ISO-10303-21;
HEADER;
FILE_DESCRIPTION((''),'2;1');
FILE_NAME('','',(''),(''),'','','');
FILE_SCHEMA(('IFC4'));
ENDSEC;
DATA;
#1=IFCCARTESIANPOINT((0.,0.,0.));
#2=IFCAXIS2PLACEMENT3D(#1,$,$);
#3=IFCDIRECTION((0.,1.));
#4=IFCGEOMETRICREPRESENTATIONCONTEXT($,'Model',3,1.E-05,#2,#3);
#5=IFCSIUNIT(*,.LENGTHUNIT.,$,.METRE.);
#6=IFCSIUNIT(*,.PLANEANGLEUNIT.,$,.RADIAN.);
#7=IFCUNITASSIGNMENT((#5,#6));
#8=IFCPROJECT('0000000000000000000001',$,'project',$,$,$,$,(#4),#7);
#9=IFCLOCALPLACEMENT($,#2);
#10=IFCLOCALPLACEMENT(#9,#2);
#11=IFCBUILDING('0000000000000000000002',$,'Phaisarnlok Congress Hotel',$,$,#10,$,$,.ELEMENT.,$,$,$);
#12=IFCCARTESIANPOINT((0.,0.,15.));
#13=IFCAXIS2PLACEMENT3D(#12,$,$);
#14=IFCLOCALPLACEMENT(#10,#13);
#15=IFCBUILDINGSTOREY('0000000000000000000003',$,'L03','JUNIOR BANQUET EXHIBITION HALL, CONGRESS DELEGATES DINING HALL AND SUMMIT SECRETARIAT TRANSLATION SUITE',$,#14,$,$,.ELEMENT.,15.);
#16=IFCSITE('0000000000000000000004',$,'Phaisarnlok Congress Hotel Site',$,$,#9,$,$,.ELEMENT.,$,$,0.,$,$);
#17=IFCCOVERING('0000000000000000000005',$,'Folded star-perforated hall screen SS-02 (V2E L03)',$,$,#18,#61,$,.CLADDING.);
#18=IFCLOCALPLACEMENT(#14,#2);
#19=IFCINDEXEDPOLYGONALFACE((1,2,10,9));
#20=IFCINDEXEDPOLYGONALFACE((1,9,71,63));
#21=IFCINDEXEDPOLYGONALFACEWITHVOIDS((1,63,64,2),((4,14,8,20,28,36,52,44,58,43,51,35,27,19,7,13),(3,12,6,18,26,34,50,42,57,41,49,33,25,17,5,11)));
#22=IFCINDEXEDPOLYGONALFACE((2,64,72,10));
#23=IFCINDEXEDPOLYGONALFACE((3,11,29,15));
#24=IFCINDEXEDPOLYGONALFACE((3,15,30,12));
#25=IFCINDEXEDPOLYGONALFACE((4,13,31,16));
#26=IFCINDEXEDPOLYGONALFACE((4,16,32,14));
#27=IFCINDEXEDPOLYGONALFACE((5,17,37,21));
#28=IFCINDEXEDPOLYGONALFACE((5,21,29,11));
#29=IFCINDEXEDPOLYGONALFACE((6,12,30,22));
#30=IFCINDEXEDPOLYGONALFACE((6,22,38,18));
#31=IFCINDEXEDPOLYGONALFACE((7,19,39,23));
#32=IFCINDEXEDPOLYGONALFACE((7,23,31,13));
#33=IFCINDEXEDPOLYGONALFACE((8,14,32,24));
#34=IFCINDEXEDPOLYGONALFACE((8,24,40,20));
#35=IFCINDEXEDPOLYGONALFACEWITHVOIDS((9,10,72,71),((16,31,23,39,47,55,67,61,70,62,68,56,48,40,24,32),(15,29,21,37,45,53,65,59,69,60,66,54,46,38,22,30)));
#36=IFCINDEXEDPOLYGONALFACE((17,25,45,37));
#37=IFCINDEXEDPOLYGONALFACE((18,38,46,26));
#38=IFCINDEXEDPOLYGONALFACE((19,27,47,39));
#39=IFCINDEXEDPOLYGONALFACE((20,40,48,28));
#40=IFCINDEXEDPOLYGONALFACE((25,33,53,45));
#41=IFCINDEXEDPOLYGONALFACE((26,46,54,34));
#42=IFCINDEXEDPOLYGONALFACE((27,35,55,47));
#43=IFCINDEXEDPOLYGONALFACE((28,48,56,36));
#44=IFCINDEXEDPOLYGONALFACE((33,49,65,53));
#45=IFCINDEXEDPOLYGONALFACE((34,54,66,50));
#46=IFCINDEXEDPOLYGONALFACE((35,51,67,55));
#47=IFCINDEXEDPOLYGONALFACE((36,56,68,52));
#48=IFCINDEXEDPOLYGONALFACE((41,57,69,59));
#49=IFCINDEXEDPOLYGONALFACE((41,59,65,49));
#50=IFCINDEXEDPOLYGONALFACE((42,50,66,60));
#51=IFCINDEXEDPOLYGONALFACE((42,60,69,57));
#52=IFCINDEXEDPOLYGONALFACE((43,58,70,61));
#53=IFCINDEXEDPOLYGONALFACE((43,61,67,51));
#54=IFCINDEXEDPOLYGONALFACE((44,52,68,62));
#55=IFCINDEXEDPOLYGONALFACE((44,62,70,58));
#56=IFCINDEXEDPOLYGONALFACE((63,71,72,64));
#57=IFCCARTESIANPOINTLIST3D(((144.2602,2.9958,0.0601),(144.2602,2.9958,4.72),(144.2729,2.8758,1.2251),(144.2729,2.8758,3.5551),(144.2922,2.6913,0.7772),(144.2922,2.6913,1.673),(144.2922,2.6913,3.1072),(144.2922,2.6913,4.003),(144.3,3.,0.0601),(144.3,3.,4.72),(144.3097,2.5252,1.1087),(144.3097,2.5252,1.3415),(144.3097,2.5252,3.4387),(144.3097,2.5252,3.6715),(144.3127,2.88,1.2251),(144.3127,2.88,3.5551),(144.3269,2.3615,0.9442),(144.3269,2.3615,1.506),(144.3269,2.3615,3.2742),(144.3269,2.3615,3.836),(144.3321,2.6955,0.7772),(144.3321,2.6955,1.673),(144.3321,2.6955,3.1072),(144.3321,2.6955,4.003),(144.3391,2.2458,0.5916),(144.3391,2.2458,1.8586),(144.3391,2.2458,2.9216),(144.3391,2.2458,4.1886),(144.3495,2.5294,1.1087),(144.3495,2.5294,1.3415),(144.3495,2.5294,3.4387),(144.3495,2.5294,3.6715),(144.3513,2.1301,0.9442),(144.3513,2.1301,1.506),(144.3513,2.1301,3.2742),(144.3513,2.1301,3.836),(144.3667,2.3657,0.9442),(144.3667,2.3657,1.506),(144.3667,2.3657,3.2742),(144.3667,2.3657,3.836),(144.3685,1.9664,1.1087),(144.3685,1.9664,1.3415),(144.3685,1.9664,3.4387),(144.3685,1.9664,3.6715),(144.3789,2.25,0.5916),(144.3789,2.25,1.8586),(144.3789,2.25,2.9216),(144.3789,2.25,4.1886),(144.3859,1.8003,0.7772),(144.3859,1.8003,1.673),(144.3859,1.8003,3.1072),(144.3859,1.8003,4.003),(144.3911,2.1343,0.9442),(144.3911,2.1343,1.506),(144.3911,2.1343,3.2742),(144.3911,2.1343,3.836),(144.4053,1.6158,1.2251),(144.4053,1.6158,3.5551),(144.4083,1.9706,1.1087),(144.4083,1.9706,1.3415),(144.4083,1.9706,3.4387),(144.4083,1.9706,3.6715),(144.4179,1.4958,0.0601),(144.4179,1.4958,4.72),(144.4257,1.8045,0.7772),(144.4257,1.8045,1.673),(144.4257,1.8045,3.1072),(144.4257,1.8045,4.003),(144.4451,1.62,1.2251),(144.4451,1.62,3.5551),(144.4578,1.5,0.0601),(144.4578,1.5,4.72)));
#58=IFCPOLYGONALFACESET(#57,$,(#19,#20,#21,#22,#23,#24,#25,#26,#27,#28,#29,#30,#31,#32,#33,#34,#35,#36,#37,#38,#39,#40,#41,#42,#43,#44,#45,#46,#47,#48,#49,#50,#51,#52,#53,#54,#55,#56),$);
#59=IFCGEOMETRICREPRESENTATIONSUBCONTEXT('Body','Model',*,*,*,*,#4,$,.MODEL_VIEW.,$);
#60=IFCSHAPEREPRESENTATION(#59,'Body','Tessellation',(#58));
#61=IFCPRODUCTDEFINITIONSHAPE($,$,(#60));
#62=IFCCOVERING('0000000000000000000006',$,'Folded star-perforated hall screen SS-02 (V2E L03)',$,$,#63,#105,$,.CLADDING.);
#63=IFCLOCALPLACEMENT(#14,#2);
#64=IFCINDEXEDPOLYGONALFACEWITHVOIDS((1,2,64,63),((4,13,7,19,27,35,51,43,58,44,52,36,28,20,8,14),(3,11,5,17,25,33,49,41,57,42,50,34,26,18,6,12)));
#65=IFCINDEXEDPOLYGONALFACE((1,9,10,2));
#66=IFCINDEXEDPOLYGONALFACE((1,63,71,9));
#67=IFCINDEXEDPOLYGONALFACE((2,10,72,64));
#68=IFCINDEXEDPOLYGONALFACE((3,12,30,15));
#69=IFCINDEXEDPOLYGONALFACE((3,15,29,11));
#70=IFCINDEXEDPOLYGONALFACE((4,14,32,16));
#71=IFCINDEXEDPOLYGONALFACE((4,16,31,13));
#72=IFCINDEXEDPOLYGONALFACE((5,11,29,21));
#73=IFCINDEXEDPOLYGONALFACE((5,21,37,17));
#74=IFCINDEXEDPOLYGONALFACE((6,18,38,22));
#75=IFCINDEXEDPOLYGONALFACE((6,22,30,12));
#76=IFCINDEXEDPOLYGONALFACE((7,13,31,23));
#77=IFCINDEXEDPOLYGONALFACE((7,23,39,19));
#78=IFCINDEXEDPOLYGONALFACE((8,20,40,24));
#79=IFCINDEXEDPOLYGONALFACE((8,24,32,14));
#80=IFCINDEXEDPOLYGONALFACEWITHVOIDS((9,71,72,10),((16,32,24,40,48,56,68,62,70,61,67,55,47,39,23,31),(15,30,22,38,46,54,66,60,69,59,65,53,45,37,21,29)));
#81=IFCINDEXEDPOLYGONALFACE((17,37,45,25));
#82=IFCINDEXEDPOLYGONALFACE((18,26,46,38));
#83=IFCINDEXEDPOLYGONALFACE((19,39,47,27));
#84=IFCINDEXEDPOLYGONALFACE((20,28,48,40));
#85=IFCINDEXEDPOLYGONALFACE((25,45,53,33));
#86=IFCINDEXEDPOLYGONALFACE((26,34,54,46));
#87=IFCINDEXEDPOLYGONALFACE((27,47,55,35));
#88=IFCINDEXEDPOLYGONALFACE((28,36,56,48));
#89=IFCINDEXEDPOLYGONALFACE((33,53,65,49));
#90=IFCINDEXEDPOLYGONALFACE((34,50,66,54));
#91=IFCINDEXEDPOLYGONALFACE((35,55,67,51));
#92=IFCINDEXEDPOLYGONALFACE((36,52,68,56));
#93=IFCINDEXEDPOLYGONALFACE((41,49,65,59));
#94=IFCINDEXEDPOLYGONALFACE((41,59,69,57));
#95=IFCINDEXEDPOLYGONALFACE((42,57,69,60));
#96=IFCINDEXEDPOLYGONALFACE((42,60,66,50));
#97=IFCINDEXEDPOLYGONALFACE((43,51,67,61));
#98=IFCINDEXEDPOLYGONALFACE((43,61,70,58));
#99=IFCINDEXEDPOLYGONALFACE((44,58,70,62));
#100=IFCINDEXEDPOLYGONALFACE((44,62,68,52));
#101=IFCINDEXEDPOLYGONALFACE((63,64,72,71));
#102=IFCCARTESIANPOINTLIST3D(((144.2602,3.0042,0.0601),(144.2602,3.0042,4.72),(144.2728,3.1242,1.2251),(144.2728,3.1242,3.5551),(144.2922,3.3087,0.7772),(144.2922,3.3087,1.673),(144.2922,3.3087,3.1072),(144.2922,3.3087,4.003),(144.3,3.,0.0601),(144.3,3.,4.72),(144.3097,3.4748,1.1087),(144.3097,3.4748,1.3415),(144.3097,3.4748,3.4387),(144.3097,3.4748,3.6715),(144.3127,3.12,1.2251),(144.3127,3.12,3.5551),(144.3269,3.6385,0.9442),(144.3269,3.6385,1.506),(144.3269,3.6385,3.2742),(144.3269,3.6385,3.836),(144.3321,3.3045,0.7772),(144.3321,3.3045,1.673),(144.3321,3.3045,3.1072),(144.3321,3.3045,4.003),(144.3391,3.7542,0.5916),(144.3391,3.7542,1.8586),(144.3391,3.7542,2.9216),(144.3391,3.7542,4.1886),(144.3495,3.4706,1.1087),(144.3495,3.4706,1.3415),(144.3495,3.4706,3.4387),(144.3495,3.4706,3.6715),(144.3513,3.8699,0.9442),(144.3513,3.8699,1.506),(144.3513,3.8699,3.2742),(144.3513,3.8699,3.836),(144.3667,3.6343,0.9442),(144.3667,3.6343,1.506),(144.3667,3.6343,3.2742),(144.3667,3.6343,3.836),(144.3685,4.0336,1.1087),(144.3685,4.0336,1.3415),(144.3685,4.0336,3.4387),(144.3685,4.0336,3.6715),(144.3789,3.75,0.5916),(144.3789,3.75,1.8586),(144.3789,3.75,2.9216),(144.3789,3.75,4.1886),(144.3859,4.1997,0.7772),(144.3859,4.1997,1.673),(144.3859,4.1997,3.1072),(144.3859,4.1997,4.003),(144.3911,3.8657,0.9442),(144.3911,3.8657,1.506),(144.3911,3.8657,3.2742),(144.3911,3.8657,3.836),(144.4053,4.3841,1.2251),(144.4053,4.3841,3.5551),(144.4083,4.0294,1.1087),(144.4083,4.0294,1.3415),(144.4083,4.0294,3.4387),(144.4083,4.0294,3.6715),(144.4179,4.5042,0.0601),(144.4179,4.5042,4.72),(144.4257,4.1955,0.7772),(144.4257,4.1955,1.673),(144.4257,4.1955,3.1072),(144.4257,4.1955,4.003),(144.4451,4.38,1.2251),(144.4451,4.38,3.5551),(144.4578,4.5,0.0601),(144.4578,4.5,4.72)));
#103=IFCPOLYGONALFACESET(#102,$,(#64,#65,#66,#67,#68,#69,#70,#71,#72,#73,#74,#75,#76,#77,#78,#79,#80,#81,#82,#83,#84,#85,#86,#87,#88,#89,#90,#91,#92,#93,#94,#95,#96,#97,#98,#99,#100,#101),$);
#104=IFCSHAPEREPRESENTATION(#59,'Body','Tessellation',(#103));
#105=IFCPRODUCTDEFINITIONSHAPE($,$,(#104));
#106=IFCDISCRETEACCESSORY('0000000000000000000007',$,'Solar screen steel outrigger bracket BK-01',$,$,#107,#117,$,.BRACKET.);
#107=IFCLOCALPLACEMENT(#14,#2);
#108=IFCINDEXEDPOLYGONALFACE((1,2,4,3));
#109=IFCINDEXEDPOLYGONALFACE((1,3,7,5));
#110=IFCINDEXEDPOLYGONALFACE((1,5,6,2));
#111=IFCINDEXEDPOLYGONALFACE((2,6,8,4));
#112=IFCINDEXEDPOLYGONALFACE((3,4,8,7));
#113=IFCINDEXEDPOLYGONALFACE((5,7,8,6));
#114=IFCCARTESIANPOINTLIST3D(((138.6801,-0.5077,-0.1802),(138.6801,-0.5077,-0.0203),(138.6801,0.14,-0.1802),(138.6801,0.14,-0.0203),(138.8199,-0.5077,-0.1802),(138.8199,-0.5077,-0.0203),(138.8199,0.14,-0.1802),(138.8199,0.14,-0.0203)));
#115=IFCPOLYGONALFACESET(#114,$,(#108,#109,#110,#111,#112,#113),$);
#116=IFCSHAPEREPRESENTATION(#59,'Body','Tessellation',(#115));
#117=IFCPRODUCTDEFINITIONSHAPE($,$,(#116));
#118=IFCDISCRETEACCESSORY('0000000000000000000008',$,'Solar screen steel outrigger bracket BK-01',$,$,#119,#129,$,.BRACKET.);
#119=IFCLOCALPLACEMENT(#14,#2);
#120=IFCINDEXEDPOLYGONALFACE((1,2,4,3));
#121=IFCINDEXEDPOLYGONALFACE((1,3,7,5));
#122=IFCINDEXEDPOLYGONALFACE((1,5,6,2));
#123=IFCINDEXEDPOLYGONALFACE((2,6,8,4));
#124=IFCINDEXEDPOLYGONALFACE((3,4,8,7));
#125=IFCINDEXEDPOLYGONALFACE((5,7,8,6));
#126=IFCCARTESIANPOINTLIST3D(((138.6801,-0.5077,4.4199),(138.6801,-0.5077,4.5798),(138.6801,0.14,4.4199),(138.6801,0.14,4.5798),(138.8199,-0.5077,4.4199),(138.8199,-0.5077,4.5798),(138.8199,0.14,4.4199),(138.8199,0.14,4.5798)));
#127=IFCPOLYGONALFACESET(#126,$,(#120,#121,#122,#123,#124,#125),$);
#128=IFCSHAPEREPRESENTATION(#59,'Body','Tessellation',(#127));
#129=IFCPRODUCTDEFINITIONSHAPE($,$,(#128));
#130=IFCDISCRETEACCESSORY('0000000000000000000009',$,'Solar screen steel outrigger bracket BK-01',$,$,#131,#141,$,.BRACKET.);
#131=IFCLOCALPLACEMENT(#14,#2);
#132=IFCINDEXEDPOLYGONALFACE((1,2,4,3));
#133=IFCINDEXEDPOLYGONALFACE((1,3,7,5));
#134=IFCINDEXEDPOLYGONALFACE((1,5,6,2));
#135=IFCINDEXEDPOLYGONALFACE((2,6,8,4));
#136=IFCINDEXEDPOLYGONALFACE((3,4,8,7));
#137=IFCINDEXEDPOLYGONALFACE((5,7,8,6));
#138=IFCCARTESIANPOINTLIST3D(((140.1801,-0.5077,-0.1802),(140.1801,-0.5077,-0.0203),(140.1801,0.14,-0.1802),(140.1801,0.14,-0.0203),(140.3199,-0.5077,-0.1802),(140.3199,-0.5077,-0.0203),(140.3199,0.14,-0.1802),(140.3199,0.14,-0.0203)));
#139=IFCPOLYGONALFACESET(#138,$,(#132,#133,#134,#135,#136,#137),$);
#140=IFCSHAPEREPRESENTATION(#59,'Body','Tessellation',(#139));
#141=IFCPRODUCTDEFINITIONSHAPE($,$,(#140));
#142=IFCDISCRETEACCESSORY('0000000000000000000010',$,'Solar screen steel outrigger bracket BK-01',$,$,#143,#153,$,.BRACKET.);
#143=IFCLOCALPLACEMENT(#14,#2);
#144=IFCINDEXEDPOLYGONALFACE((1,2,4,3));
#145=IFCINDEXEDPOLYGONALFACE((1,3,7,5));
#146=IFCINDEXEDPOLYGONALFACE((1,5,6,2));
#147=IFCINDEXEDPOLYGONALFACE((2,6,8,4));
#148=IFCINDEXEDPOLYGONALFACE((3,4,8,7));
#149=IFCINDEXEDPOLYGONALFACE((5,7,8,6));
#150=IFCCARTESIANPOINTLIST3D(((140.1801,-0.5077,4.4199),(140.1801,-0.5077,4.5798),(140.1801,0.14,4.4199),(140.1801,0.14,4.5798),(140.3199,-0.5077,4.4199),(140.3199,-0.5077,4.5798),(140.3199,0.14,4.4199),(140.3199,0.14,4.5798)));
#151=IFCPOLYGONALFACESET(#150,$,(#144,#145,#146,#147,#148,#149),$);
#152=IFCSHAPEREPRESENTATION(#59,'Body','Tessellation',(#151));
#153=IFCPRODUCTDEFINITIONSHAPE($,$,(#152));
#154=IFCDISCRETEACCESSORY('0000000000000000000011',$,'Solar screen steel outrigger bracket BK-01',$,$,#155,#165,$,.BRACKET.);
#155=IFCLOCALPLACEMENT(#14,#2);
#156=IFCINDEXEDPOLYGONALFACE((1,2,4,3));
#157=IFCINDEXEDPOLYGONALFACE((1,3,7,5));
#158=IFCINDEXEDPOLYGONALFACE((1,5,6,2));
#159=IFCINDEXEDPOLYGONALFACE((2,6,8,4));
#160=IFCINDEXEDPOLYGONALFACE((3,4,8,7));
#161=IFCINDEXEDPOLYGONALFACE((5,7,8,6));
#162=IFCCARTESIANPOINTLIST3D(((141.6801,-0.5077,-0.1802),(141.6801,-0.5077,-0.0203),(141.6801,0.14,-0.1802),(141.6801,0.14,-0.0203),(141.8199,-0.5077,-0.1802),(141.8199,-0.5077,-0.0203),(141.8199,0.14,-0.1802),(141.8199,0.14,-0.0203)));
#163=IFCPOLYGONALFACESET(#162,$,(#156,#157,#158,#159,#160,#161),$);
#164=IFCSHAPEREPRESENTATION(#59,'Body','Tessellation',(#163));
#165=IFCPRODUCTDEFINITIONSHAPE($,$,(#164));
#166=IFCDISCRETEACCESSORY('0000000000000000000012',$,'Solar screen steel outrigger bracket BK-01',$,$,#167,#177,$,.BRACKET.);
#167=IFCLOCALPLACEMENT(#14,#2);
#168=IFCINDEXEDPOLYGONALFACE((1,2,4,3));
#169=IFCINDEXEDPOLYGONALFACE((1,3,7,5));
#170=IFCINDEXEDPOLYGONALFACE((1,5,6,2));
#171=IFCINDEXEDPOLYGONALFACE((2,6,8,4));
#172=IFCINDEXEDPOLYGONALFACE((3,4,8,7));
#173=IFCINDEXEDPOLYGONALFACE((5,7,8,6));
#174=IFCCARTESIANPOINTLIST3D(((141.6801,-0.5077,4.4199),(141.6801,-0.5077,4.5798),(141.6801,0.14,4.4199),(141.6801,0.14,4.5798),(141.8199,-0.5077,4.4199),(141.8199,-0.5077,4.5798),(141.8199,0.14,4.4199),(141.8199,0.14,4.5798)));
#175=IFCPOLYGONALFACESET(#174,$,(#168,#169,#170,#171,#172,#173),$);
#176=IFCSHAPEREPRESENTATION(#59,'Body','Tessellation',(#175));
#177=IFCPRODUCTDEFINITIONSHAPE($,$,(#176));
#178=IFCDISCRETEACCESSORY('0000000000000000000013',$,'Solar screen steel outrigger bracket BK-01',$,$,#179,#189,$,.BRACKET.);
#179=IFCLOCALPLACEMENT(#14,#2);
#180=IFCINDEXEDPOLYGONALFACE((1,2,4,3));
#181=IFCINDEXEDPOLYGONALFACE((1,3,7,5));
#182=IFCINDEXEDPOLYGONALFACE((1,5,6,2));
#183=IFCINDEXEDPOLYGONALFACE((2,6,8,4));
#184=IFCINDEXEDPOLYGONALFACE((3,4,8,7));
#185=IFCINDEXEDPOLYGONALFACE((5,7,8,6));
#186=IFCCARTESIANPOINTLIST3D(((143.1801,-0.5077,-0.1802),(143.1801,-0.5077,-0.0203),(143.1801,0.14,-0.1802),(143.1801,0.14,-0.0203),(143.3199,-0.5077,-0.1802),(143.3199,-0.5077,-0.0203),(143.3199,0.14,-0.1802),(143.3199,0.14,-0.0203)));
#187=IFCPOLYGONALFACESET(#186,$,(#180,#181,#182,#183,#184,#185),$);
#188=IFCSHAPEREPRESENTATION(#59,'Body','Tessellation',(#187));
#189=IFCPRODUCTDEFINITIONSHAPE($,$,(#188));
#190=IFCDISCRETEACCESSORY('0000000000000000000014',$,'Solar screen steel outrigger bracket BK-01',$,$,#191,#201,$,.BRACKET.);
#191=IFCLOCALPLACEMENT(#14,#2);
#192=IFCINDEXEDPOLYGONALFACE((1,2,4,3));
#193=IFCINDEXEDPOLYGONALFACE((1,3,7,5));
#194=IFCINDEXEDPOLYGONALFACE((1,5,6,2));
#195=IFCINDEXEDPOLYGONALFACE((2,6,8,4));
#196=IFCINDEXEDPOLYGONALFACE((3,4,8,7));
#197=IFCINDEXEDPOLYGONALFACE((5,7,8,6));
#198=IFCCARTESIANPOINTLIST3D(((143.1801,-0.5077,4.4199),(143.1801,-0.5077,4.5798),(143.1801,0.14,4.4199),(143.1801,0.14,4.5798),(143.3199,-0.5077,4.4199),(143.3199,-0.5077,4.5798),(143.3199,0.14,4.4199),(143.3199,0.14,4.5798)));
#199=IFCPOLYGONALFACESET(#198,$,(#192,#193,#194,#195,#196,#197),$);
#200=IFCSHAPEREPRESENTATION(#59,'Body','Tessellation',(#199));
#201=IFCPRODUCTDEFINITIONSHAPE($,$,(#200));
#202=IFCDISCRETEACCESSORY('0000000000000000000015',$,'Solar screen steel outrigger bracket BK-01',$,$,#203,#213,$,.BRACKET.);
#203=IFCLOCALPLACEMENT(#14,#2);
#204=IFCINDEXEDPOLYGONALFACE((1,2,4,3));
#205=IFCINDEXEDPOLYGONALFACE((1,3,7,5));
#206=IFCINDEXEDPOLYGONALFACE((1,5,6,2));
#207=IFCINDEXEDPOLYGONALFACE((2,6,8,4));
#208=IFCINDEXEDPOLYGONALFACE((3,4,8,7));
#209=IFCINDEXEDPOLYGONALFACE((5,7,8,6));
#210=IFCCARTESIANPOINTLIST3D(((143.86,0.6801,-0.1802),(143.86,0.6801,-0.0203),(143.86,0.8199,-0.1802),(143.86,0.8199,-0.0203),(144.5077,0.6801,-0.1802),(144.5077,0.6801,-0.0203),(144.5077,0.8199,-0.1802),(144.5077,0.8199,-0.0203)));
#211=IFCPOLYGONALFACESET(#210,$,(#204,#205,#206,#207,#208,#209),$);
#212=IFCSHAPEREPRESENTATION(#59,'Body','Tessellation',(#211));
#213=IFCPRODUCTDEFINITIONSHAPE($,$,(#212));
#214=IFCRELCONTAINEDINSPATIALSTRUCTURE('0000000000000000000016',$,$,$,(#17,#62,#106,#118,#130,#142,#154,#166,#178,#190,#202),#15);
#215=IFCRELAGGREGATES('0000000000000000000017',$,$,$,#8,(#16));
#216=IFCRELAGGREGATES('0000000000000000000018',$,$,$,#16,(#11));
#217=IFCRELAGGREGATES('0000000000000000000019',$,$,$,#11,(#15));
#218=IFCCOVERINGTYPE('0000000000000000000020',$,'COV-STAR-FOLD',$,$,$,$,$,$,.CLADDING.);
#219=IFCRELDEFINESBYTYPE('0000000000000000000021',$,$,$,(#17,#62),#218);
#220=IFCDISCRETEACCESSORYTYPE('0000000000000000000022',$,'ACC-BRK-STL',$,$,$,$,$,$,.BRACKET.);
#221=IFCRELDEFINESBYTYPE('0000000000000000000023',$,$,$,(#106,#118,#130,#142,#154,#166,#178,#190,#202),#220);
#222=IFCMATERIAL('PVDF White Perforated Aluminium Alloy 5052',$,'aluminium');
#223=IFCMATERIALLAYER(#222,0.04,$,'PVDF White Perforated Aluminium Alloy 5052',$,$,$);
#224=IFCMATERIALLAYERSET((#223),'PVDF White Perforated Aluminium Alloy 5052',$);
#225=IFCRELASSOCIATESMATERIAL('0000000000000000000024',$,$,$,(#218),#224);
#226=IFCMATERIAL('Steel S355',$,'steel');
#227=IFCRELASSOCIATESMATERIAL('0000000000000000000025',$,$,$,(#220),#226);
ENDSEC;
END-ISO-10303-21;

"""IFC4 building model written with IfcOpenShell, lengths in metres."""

from ifc_helpers import new_model, si_unit, direction, frame, origin, origin_2d, place, context, subcontext, project, spatial, polyline, rectangle, outline, extrude, material, layer, layer_set, type_object, element, save


model = new_model("IFC4")

# Units and contexts
model_context = context("Model", 3, precision=1e-05, world=origin(), true_north=direction((0.0, 1.0)))
body_context = subcontext(model_context, "Body", "Model", "MODEL_VIEW")
ifc_project = project(units=[si_unit("LENGTHUNIT", "METRE"), si_unit("PLANEANGLEUNIT", "RADIAN")], contexts=[model_context])

# Site, building, storey
site_placement = place(None, origin())
site = spatial("IfcSite", under=ifc_project, at=site_placement, Name="Phaisarnlok Congress Hotel Site", CompositionType="ELEMENT", RefElevation=0.0)
building_placement = place(site_placement, origin())
building = spatial("IfcBuilding", under=site, at=building_placement, Name="Phaisarnlok Congress Hotel", CompositionType="ELEMENT")
storey_placement = place(building_placement, frame((0.0, 0.0, 15.0)))
storey = spatial("IfcBuildingStorey", under=building, at=storey_placement, Name="L03", Description="JUNIOR BANQUET EXHIBITION HALL, CONGRESS DELEGATES DINING HALL AND SUMMIT SECRETARIAT TRANSLATION SUITE", CompositionType="ELEMENT", Elevation=15.0)

# Shared definitions
ifc_material_1 = material(Name="Steel S355", Category="steel")

# Coverings
ifc_material_2 = material(Name="PVDF White Perforated Aluminium Alloy 5052", Category="aluminium")
ifc_layer_1 = layer(ifc_material_2, 0.04, Name="PVDF White Perforated Aluminium Alloy 5052")
ifc_layer_set_1 = layer_set([ifc_layer_1], Name="PVDF White Perforated Aluminium Alloy 5052")
covering_type = type_object("IfcCoveringType", Name="COV-STAR-FOLD", PredefinedType="CLADDING", material=ifc_layer_set_1)
for number, where, z_axis, x_axis, name in (
    (1, (144.3, 3.0, 0.0601), (-0.994518, -0.104567, 0.0), (0.104567, -0.994518, 0.0), "Folded star-perforated hall screen SS-02 (V2E L03)"),
    (2, (144.4578, 4.5, 0.0601), (-0.994518, 0.104567, 0.0), (-0.104567, -0.994518, 0.0), "Folded star-perforated hall screen SS-02 (V2E L03)"),
):
    element("IfcCovering", number, at=place(storey_placement, frame(where, z_axis=z_axis, x_axis=x_axis)), inside=storey, type_object=covering_type, Name=name, PredefinedType="CLADDING", context=body_context, shape_type="SweptSolid", body=[
        extrude(outline(polyline([(0.0, 0.0), (1.5083, 0.0), (1.5083, 4.6599), (0.0, 4.6599), (0.0, 0.0)]), holes=[polyline([(1.0351, 1.0486), (1.2021, 0.7171), (0.8705, 0.8841), (0.7541, 0.5315), (0.6378, 0.8841), (0.3062, 0.7171), (0.4732, 1.0486), (0.1207, 1.165), (0.4732, 1.2814), (0.3062, 1.6129), (0.6378, 1.4459), (0.7541, 1.7985), (0.8705, 1.4459), (1.2021, 1.6129), (1.0351, 1.2814), (1.3876, 1.165), (1.0351, 1.0486)]), polyline([(1.0351, 3.3786), (1.2021, 3.0471), (0.8705, 3.2141), (0.7541, 2.8615), (0.6378, 3.2141), (0.3062, 3.0471), (0.4732, 3.3786), (0.1207, 3.495), (0.4732, 3.6114), (0.3062, 3.9429), (0.6378, 3.7759), (0.7541, 4.1285), (0.8705, 3.7759), (1.2021, 3.9429), (1.0351, 3.6114), (1.3876, 3.495), (1.0351, 3.3786)])]), origin(), (0.0, 0.0, 1.0), 0.04),
    ])

# Discrete accessories
discrete_accessory_type = type_object("IfcDiscreteAccessoryType", Name="ACC-BRK-STL", PredefinedType="BRACKET", material=ifc_material_1)
for number, where, z_axis, x_axis, name in (
    (3, (138.75, -0.1838, -0.1802), (0.0, 0.0, 1.0), (1.0, 0.0, 0.0), "Solar screen steel outrigger bracket BK-01"),
    (4, (138.75, -0.1838, 4.4199), (0.0, 0.0, 1.0), (1.0, 0.0, 0.0), "Solar screen steel outrigger bracket BK-01"),
    (5, (140.25, -0.1838, -0.1802), (0.0, 0.0, 1.0), (1.0, 0.0, 0.0), "Solar screen steel outrigger bracket BK-01"),
    (6, (140.25, -0.1838, 4.4199), (0.0, 0.0, 1.0), (1.0, 0.0, 0.0), "Solar screen steel outrigger bracket BK-01"),
    (7, (141.75, -0.1838, -0.1802), (0.0, 0.0, 1.0), (1.0, 0.0, 0.0), "Solar screen steel outrigger bracket BK-01"),
    (8, (141.75, -0.1838, 4.4199), (0.0, 0.0, 1.0), (1.0, 0.0, 0.0), "Solar screen steel outrigger bracket BK-01"),
    (9, (143.25, -0.1838, -0.1802), (0.0, 0.0, 1.0), (1.0, 0.0, 0.0), "Solar screen steel outrigger bracket BK-01"),
    (10, (143.25, -0.1838, 4.4199), (0.0, 0.0, 1.0), (1.0, 0.0, 0.0), "Solar screen steel outrigger bracket BK-01"),
):
    element("IfcDiscreteAccessory", number, at=place(storey_placement, frame(where, z_axis=z_axis, x_axis=x_axis)), inside=storey, type_object=discrete_accessory_type, Name=name, PredefinedType="BRACKET", context=body_context, shape_type="SweptSolid", body=[
        extrude(rectangle(XDim=0.1399, YDim=0.6477, at=origin_2d()), origin(), (0.0, 0.0, 1.0), 0.1599),
    ])
for number, where, z_axis, x_axis, name in (
    (11, (144.1838, 0.75, -0.1802), (0.0, 0.0, 1.0), (1.0, 0.0, 0.0), "Solar screen steel outrigger bracket BK-01"),
):
    element("IfcDiscreteAccessory", number, at=place(storey_placement, frame(where, z_axis=z_axis, x_axis=x_axis)), inside=storey, type_object=discrete_accessory_type, Name=name, PredefinedType="BRACKET", context=body_context, shape_type="SweptSolid", body=[
        extrude(rectangle(XDim=0.6477, YDim=0.1399, at=origin_2d()), origin(), (0.0, 0.0, 1.0), 0.1599),
    ])

save(model, "model.ifc")
